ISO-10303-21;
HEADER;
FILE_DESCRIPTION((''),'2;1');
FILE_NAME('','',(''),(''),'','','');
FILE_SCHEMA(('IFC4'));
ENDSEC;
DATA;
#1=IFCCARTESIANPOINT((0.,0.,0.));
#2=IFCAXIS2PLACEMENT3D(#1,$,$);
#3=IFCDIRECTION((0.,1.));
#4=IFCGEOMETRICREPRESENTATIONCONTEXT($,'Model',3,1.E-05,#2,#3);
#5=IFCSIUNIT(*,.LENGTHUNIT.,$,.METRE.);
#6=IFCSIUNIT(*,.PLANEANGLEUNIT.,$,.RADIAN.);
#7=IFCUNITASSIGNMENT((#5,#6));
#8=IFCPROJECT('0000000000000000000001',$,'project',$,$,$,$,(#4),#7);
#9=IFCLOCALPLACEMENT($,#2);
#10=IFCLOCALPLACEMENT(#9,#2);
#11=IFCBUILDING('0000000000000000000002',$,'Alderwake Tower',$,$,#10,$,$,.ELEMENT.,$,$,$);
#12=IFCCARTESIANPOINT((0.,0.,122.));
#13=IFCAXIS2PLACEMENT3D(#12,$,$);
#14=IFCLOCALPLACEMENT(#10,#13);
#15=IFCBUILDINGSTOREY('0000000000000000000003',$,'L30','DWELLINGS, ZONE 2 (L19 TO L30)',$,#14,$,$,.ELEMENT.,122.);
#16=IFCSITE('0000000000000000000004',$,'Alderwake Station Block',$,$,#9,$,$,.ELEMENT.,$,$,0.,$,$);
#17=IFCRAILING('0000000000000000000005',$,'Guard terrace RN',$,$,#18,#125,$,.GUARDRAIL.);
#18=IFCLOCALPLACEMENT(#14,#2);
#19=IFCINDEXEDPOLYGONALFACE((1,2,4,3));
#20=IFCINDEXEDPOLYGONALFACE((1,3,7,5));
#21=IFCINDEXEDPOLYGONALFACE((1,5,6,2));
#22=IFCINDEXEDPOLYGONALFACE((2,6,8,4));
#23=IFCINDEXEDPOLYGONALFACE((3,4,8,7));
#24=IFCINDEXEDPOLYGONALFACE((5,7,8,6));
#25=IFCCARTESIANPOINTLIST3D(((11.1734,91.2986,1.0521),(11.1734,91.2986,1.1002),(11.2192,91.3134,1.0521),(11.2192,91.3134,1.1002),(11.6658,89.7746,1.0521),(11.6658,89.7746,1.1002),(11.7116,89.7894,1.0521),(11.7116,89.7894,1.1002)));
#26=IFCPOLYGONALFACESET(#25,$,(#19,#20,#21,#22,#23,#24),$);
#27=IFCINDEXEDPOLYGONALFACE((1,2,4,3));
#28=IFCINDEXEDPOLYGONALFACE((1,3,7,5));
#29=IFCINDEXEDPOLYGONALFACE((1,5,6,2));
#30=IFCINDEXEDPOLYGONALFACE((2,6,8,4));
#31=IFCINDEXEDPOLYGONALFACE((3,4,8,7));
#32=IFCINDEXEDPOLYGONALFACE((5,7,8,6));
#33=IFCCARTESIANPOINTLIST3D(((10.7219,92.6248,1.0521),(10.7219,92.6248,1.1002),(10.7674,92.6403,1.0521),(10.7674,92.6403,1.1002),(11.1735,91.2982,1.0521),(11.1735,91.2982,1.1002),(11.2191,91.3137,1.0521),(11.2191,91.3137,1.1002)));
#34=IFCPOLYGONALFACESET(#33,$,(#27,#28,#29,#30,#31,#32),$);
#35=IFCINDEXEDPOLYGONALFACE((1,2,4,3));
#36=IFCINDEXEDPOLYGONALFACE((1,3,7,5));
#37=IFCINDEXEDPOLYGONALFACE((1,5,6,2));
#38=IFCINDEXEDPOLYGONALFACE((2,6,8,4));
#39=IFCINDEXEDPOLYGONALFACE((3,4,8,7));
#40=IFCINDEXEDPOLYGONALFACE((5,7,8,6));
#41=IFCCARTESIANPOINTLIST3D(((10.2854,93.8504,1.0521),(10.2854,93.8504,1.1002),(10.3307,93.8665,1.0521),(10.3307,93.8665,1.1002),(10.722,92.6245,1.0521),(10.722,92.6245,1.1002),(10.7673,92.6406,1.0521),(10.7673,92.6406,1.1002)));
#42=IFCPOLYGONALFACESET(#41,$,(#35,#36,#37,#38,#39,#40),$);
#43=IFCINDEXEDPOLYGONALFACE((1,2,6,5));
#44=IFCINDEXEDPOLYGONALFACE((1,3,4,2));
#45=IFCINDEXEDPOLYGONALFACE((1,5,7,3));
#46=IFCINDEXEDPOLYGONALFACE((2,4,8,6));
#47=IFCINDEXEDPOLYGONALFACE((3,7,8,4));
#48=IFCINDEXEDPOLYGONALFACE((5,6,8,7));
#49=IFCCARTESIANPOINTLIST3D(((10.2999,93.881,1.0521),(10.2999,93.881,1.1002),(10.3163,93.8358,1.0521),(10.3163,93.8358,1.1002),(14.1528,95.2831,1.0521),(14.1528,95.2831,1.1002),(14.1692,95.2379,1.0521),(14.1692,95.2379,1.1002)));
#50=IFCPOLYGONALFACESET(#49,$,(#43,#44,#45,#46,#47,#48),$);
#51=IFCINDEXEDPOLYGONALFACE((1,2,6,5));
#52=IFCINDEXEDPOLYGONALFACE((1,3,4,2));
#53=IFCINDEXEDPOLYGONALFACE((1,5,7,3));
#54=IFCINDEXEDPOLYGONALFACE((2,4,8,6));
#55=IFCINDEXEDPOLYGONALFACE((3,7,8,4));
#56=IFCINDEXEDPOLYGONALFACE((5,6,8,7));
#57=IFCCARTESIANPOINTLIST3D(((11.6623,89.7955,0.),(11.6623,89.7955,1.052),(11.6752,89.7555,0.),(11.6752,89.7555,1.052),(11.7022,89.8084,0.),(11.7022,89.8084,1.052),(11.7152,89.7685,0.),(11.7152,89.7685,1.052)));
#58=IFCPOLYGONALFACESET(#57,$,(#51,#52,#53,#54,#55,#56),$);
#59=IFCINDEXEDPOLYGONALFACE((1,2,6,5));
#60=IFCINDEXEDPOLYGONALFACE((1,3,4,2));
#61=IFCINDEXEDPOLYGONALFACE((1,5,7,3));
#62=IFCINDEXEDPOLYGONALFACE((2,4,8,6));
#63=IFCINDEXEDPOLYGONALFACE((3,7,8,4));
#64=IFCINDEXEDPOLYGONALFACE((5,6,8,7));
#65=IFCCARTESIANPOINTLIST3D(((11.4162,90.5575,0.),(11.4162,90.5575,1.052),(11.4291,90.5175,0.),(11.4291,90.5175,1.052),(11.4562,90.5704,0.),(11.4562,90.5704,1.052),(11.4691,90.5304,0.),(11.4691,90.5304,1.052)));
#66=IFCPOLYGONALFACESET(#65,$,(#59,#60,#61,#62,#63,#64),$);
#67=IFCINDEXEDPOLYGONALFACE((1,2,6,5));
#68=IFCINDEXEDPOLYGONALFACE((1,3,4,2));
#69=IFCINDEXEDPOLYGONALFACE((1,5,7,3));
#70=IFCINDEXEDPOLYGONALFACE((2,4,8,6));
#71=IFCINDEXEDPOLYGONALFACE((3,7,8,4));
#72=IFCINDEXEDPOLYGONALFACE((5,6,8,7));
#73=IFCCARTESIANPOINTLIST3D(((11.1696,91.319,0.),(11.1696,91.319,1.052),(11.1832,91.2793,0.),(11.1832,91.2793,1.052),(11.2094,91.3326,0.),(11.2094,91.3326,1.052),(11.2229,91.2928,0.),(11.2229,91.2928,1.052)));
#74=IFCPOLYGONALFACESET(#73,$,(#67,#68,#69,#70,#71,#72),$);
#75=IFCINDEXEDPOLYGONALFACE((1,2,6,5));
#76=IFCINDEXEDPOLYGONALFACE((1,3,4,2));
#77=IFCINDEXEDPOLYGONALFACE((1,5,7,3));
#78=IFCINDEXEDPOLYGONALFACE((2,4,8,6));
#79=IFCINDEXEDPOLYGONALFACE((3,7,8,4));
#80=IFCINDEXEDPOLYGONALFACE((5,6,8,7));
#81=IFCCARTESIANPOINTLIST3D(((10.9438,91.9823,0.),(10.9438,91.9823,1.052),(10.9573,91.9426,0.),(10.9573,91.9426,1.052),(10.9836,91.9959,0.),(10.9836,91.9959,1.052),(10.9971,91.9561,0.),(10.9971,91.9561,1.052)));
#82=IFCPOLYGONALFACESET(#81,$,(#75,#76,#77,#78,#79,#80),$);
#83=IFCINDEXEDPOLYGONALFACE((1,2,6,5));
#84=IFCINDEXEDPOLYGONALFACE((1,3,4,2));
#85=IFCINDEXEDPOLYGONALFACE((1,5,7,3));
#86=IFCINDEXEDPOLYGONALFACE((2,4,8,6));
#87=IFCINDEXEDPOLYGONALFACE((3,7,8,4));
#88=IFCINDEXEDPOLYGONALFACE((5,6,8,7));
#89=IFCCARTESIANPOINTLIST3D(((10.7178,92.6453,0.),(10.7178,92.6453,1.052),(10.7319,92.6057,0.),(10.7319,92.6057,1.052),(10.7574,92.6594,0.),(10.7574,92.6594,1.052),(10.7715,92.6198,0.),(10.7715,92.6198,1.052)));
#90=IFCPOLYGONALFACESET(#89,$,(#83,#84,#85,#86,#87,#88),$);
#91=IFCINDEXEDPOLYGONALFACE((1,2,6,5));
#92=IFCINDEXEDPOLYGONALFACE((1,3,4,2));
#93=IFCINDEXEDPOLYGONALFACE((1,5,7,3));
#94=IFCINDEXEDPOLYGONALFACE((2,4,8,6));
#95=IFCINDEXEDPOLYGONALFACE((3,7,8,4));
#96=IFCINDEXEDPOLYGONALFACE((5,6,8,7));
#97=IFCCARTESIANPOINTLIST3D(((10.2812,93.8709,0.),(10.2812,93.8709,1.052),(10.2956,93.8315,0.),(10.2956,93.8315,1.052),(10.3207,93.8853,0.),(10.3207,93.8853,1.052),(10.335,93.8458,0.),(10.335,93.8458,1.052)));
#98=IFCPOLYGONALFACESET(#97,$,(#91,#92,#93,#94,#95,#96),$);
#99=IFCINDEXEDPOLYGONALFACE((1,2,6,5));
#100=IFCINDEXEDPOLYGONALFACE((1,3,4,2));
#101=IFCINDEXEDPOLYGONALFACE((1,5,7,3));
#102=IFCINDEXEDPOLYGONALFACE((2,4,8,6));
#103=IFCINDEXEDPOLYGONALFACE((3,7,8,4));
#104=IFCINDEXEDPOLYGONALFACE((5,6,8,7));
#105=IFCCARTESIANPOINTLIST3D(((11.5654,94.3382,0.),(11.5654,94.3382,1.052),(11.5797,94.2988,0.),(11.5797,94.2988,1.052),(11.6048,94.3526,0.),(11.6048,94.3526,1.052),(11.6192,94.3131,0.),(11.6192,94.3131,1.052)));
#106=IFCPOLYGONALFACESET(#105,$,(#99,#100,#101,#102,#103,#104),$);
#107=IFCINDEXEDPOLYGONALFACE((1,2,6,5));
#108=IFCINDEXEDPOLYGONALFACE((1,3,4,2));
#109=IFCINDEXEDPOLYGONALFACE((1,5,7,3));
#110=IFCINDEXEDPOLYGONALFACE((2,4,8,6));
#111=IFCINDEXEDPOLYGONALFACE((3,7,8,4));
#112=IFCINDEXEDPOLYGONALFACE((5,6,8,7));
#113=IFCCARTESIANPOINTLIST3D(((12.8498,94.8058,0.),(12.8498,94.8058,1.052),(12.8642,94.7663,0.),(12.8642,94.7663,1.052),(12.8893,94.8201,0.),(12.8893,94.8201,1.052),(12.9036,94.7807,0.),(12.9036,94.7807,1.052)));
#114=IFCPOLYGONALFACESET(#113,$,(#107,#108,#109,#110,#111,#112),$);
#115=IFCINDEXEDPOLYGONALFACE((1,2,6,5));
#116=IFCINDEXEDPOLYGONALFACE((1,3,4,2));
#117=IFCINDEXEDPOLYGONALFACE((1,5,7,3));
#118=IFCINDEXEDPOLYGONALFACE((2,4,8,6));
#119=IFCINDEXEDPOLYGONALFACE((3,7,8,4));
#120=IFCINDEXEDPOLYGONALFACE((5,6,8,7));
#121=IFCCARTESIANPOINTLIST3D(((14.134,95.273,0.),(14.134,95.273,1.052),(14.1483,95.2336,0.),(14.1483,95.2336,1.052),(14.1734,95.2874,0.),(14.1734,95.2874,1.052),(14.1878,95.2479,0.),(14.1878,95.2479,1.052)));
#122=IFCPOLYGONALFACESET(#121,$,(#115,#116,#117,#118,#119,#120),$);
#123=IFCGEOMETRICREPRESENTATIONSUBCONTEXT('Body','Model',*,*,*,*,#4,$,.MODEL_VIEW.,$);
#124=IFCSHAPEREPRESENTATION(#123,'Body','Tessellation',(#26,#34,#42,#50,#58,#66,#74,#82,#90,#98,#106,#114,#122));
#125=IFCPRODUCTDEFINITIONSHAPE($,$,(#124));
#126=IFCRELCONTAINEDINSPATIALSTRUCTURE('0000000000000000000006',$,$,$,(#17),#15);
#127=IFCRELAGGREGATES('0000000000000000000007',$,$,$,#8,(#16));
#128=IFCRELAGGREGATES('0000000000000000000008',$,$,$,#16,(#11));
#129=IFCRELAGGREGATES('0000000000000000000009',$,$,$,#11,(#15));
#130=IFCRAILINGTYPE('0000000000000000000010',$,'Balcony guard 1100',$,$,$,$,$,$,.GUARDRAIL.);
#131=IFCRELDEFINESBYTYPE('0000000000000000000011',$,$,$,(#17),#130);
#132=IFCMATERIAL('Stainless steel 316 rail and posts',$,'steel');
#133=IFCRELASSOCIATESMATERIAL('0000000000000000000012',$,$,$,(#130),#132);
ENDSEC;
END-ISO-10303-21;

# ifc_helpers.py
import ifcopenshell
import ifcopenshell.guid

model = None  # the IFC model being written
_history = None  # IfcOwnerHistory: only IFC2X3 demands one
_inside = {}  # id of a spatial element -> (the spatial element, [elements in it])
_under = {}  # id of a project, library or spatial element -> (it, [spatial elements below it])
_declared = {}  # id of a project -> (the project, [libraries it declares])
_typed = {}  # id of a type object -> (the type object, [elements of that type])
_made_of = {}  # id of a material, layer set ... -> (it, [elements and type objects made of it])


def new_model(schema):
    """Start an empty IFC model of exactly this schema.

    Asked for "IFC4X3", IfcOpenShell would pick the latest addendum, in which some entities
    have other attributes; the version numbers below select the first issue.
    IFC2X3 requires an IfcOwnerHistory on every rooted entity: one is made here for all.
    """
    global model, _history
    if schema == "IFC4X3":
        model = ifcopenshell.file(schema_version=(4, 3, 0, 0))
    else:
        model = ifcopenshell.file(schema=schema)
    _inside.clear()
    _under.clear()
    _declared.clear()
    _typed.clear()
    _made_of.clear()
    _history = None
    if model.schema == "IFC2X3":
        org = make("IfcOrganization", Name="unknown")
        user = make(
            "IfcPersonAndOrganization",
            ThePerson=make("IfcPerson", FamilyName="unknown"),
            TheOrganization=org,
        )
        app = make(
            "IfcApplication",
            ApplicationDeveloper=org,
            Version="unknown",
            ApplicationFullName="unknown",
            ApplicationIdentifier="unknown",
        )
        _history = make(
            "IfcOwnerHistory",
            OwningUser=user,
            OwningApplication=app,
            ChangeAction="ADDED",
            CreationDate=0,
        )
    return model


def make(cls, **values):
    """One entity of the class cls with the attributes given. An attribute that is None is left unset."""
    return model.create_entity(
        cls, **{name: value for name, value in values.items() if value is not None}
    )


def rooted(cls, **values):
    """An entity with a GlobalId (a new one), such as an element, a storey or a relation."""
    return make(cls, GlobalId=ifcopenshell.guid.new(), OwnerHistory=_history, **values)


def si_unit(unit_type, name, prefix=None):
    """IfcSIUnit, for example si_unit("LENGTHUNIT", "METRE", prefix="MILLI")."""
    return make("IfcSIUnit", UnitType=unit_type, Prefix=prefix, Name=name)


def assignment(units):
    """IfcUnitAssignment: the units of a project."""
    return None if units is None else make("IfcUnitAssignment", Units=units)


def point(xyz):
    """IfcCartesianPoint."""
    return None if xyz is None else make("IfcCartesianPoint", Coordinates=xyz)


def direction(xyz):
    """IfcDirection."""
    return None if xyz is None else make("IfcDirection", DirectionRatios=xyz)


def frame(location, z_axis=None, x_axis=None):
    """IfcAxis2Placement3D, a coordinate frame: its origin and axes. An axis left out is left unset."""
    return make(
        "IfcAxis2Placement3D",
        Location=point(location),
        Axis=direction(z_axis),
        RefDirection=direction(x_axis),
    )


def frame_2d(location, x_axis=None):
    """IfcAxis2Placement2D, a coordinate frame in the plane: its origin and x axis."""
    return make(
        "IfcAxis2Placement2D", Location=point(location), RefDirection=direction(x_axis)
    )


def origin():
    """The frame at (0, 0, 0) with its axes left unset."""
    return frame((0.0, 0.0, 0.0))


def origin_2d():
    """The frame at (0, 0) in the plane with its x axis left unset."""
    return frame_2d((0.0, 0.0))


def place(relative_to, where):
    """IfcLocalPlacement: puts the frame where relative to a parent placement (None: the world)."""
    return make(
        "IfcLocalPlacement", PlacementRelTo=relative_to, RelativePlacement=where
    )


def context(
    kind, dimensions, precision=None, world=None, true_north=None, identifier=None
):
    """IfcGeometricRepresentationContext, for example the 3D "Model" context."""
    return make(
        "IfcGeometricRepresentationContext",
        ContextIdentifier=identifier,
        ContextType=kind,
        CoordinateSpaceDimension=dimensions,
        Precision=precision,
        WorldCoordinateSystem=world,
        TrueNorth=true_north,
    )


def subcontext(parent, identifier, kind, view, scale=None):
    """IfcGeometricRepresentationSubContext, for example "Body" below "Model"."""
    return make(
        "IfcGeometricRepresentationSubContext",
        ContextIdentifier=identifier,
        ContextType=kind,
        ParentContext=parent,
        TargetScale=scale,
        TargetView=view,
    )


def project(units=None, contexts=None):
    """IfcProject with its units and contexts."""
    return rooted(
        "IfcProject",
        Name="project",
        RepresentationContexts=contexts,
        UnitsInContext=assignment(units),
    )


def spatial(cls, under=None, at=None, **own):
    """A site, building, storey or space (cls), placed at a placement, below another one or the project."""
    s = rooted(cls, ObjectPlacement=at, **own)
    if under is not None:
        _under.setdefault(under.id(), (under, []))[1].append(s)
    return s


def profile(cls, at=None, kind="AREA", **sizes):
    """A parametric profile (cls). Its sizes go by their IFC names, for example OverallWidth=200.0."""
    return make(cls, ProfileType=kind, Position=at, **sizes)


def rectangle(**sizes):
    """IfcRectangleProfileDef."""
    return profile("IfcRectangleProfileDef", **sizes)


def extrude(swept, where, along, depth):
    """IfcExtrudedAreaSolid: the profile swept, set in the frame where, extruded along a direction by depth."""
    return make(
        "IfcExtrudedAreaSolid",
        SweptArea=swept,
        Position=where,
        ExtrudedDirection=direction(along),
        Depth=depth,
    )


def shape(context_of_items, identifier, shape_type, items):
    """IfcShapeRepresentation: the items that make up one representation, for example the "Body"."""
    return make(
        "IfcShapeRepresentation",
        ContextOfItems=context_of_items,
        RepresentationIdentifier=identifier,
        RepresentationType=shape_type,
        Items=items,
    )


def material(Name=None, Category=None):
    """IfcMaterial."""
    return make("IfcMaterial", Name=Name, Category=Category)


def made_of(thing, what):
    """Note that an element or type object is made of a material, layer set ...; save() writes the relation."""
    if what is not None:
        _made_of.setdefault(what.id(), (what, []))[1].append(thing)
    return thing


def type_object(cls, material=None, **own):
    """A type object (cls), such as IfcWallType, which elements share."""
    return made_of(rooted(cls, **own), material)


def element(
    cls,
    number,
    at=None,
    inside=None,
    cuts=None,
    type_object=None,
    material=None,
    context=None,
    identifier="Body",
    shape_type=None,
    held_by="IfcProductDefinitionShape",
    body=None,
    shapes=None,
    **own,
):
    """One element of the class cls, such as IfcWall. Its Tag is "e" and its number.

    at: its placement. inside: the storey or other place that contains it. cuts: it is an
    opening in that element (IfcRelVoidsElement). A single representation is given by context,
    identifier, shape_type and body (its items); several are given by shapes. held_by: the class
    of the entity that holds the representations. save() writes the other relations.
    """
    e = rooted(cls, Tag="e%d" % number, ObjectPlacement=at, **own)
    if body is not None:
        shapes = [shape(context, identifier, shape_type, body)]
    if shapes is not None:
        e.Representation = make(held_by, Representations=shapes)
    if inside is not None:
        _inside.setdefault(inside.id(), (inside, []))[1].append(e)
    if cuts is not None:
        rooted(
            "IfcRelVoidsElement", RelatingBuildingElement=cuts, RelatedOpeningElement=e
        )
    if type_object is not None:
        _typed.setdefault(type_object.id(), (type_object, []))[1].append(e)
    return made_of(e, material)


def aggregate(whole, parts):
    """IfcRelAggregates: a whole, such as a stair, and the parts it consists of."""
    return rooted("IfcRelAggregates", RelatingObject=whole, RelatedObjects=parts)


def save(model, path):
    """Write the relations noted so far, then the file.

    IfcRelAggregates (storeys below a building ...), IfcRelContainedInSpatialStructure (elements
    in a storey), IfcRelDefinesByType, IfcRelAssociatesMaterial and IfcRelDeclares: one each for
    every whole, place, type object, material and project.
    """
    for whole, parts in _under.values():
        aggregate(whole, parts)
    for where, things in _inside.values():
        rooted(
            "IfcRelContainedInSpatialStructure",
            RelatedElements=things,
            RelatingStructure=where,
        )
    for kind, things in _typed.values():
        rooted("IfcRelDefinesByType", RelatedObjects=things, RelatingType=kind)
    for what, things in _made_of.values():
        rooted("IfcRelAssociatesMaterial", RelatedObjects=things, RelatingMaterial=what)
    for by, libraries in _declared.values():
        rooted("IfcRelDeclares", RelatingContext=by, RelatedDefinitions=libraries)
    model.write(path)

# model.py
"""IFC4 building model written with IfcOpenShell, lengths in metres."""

from ifc_helpers import new_model, si_unit, direction, frame, origin, origin_2d, place, context, subcontext, project, spatial, rectangle, extrude, material, type_object, element, save


model = new_model("IFC4")

# Units and contexts
model_context = context("Model", 3, precision=1e-05, world=origin(), true_north=direction((0.0, 1.0)))
body_context = subcontext(model_context, "Body", "Model", "MODEL_VIEW")
ifc_project = project(units=[si_unit("LENGTHUNIT", "METRE"), si_unit("PLANEANGLEUNIT", "RADIAN")], contexts=[model_context])

# Site, building, storey
site_placement = place(None, origin())
site = spatial("IfcSite", under=ifc_project, at=site_placement, Name="Alderwake Station Block", CompositionType="ELEMENT", RefElevation=0.0)
building_placement = place(site_placement, origin())
building = spatial("IfcBuilding", under=site, at=building_placement, Name="Alderwake Tower", CompositionType="ELEMENT")
storey_placement = place(building_placement, frame((0.0, 0.0, 122.0)))
storey = spatial("IfcBuildingStorey", under=building, at=storey_placement, Name="L30", Description="DWELLINGS, ZONE 2 (L19 TO L30)", CompositionType="ELEMENT", Elevation=122.0)

# Railing
ifc_material_1 = material(Name="Stainless steel 316 rail and posts", Category="steel")
railing_type = type_object("IfcRailingType", Name="Balcony guard 1100", PredefinedType="GUARDRAIL", material=ifc_material_1)
railing_1_placement = place(storey_placement, frame((11.6887, 89.782, 0.0)))
element("IfcRailing", 1, at=railing_1_placement, inside=storey, type_object=railing_type, Name="Guard terrace RN", PredefinedType="GUARDRAIL", context=body_context, shape_type="SweptSolid", body=[
    extrude(rectangle(XDim=0.0481, YDim=0.0481, at=origin_2d()), frame((0.0, 0.0, 1.0762), z_axis=(-0.307479, 0.951555, 0.0), x_axis=(-0.951555, -0.307479, 0.0)), (0.0, 0.0, 1.0), 1.6016),
    extrude(rectangle(XDim=0.0481, YDim=0.0481, at=origin_2d()), frame((-0.4924, 1.5239, 1.0762), z_axis=(-0.322284, 0.946643, 0.0), x_axis=(-0.946643, -0.322284, 0.0)), (0.0, 0.0, 1.0), 1.4014),
    extrude(rectangle(XDim=0.0481, YDim=0.0481, at=origin_2d()), frame((-0.9441, 2.8506, 1.0762), z_axis=(-0.335469, 0.942051, 0.0), x_axis=(-0.942051, -0.335469, 0.0)), (0.0, 0.0, 1.0), 1.3013),
    extrude(rectangle(XDim=0.0481, YDim=0.0481, at=origin_2d()), frame((-1.3806, 4.0764, 1.0762), z_axis=(0.939708, 0.341977, 0.0), x_axis=(-0.341977, 0.939708, 0.0)), (0.0, 0.0, 1.0), 4.1001),
    extrude(rectangle(XDim=0.042, YDim=0.042, at=origin_2d()), frame((0.0, 0.0, 0.0), z_axis=(0.0, 0.0, 1.0), x_axis=(-0.307479, 0.951555, 0.0)), (0.0, 0.0, 1.0), 1.052),
    extrude(rectangle(XDim=0.042, YDim=0.042, at=origin_2d()), frame((-0.2461, 0.762, 0.0), z_axis=(0.0, 0.0, 1.0), x_axis=(-0.307479, 0.951555, 0.0)), (0.0, 0.0, 1.0), 1.052),
    extrude(rectangle(XDim=0.042, YDim=0.042, at=origin_2d()), frame((-0.4924, 1.5239, 0.0), z_axis=(0.0, 0.0, 1.0), x_axis=(-0.322284, 0.946643, 0.0)), (0.0, 0.0, 1.0), 1.052),
    extrude(rectangle(XDim=0.042, YDim=0.042, at=origin_2d()), frame((-0.7183, 2.1873, 0.0), z_axis=(0.0, 0.0, 1.0), x_axis=(-0.322284, 0.946643, 0.0)), (0.0, 0.0, 1.0), 1.052),
    extrude(rectangle(XDim=0.042, YDim=0.042, at=origin_2d()), frame((-0.9441, 2.8506, 0.0), z_axis=(0.0, 0.0, 1.0), x_axis=(-0.335469, 0.942051, 0.0)), (0.0, 0.0, 1.0), 1.052),
    extrude(rectangle(XDim=0.042, YDim=0.042, at=origin_2d()), frame((-1.3806, 4.0764, 0.0), z_axis=(0.0, 0.0, 1.0), x_axis=(0.939708, 0.341977, 0.0)), (0.0, 0.0, 1.0), 1.052),
    extrude(rectangle(XDim=0.042, YDim=0.042, at=origin_2d()), frame((-0.0964, 4.5437, 0.0), z_axis=(0.0, 0.0, 1.0), x_axis=(0.939708, 0.341977, 0.0)), (0.0, 0.0, 1.0), 1.052),
    extrude(rectangle(XDim=0.042, YDim=0.042, at=origin_2d()), frame((1.188, 5.0112, 0.0), z_axis=(0.0, 0.0, 1.0), x_axis=(0.939708, 0.341977, 0.0)), (0.0, 0.0, 1.0), 1.052),
    extrude(rectangle(XDim=0.042, YDim=0.042, at=origin_2d()), frame((2.4722, 5.4785, 0.0), z_axis=(0.0, 0.0, 1.0), x_axis=(0.939708, 0.341977, 0.0)), (0.0, 0.0, 1.0), 1.052),
])

save(model, "model.ifc")
